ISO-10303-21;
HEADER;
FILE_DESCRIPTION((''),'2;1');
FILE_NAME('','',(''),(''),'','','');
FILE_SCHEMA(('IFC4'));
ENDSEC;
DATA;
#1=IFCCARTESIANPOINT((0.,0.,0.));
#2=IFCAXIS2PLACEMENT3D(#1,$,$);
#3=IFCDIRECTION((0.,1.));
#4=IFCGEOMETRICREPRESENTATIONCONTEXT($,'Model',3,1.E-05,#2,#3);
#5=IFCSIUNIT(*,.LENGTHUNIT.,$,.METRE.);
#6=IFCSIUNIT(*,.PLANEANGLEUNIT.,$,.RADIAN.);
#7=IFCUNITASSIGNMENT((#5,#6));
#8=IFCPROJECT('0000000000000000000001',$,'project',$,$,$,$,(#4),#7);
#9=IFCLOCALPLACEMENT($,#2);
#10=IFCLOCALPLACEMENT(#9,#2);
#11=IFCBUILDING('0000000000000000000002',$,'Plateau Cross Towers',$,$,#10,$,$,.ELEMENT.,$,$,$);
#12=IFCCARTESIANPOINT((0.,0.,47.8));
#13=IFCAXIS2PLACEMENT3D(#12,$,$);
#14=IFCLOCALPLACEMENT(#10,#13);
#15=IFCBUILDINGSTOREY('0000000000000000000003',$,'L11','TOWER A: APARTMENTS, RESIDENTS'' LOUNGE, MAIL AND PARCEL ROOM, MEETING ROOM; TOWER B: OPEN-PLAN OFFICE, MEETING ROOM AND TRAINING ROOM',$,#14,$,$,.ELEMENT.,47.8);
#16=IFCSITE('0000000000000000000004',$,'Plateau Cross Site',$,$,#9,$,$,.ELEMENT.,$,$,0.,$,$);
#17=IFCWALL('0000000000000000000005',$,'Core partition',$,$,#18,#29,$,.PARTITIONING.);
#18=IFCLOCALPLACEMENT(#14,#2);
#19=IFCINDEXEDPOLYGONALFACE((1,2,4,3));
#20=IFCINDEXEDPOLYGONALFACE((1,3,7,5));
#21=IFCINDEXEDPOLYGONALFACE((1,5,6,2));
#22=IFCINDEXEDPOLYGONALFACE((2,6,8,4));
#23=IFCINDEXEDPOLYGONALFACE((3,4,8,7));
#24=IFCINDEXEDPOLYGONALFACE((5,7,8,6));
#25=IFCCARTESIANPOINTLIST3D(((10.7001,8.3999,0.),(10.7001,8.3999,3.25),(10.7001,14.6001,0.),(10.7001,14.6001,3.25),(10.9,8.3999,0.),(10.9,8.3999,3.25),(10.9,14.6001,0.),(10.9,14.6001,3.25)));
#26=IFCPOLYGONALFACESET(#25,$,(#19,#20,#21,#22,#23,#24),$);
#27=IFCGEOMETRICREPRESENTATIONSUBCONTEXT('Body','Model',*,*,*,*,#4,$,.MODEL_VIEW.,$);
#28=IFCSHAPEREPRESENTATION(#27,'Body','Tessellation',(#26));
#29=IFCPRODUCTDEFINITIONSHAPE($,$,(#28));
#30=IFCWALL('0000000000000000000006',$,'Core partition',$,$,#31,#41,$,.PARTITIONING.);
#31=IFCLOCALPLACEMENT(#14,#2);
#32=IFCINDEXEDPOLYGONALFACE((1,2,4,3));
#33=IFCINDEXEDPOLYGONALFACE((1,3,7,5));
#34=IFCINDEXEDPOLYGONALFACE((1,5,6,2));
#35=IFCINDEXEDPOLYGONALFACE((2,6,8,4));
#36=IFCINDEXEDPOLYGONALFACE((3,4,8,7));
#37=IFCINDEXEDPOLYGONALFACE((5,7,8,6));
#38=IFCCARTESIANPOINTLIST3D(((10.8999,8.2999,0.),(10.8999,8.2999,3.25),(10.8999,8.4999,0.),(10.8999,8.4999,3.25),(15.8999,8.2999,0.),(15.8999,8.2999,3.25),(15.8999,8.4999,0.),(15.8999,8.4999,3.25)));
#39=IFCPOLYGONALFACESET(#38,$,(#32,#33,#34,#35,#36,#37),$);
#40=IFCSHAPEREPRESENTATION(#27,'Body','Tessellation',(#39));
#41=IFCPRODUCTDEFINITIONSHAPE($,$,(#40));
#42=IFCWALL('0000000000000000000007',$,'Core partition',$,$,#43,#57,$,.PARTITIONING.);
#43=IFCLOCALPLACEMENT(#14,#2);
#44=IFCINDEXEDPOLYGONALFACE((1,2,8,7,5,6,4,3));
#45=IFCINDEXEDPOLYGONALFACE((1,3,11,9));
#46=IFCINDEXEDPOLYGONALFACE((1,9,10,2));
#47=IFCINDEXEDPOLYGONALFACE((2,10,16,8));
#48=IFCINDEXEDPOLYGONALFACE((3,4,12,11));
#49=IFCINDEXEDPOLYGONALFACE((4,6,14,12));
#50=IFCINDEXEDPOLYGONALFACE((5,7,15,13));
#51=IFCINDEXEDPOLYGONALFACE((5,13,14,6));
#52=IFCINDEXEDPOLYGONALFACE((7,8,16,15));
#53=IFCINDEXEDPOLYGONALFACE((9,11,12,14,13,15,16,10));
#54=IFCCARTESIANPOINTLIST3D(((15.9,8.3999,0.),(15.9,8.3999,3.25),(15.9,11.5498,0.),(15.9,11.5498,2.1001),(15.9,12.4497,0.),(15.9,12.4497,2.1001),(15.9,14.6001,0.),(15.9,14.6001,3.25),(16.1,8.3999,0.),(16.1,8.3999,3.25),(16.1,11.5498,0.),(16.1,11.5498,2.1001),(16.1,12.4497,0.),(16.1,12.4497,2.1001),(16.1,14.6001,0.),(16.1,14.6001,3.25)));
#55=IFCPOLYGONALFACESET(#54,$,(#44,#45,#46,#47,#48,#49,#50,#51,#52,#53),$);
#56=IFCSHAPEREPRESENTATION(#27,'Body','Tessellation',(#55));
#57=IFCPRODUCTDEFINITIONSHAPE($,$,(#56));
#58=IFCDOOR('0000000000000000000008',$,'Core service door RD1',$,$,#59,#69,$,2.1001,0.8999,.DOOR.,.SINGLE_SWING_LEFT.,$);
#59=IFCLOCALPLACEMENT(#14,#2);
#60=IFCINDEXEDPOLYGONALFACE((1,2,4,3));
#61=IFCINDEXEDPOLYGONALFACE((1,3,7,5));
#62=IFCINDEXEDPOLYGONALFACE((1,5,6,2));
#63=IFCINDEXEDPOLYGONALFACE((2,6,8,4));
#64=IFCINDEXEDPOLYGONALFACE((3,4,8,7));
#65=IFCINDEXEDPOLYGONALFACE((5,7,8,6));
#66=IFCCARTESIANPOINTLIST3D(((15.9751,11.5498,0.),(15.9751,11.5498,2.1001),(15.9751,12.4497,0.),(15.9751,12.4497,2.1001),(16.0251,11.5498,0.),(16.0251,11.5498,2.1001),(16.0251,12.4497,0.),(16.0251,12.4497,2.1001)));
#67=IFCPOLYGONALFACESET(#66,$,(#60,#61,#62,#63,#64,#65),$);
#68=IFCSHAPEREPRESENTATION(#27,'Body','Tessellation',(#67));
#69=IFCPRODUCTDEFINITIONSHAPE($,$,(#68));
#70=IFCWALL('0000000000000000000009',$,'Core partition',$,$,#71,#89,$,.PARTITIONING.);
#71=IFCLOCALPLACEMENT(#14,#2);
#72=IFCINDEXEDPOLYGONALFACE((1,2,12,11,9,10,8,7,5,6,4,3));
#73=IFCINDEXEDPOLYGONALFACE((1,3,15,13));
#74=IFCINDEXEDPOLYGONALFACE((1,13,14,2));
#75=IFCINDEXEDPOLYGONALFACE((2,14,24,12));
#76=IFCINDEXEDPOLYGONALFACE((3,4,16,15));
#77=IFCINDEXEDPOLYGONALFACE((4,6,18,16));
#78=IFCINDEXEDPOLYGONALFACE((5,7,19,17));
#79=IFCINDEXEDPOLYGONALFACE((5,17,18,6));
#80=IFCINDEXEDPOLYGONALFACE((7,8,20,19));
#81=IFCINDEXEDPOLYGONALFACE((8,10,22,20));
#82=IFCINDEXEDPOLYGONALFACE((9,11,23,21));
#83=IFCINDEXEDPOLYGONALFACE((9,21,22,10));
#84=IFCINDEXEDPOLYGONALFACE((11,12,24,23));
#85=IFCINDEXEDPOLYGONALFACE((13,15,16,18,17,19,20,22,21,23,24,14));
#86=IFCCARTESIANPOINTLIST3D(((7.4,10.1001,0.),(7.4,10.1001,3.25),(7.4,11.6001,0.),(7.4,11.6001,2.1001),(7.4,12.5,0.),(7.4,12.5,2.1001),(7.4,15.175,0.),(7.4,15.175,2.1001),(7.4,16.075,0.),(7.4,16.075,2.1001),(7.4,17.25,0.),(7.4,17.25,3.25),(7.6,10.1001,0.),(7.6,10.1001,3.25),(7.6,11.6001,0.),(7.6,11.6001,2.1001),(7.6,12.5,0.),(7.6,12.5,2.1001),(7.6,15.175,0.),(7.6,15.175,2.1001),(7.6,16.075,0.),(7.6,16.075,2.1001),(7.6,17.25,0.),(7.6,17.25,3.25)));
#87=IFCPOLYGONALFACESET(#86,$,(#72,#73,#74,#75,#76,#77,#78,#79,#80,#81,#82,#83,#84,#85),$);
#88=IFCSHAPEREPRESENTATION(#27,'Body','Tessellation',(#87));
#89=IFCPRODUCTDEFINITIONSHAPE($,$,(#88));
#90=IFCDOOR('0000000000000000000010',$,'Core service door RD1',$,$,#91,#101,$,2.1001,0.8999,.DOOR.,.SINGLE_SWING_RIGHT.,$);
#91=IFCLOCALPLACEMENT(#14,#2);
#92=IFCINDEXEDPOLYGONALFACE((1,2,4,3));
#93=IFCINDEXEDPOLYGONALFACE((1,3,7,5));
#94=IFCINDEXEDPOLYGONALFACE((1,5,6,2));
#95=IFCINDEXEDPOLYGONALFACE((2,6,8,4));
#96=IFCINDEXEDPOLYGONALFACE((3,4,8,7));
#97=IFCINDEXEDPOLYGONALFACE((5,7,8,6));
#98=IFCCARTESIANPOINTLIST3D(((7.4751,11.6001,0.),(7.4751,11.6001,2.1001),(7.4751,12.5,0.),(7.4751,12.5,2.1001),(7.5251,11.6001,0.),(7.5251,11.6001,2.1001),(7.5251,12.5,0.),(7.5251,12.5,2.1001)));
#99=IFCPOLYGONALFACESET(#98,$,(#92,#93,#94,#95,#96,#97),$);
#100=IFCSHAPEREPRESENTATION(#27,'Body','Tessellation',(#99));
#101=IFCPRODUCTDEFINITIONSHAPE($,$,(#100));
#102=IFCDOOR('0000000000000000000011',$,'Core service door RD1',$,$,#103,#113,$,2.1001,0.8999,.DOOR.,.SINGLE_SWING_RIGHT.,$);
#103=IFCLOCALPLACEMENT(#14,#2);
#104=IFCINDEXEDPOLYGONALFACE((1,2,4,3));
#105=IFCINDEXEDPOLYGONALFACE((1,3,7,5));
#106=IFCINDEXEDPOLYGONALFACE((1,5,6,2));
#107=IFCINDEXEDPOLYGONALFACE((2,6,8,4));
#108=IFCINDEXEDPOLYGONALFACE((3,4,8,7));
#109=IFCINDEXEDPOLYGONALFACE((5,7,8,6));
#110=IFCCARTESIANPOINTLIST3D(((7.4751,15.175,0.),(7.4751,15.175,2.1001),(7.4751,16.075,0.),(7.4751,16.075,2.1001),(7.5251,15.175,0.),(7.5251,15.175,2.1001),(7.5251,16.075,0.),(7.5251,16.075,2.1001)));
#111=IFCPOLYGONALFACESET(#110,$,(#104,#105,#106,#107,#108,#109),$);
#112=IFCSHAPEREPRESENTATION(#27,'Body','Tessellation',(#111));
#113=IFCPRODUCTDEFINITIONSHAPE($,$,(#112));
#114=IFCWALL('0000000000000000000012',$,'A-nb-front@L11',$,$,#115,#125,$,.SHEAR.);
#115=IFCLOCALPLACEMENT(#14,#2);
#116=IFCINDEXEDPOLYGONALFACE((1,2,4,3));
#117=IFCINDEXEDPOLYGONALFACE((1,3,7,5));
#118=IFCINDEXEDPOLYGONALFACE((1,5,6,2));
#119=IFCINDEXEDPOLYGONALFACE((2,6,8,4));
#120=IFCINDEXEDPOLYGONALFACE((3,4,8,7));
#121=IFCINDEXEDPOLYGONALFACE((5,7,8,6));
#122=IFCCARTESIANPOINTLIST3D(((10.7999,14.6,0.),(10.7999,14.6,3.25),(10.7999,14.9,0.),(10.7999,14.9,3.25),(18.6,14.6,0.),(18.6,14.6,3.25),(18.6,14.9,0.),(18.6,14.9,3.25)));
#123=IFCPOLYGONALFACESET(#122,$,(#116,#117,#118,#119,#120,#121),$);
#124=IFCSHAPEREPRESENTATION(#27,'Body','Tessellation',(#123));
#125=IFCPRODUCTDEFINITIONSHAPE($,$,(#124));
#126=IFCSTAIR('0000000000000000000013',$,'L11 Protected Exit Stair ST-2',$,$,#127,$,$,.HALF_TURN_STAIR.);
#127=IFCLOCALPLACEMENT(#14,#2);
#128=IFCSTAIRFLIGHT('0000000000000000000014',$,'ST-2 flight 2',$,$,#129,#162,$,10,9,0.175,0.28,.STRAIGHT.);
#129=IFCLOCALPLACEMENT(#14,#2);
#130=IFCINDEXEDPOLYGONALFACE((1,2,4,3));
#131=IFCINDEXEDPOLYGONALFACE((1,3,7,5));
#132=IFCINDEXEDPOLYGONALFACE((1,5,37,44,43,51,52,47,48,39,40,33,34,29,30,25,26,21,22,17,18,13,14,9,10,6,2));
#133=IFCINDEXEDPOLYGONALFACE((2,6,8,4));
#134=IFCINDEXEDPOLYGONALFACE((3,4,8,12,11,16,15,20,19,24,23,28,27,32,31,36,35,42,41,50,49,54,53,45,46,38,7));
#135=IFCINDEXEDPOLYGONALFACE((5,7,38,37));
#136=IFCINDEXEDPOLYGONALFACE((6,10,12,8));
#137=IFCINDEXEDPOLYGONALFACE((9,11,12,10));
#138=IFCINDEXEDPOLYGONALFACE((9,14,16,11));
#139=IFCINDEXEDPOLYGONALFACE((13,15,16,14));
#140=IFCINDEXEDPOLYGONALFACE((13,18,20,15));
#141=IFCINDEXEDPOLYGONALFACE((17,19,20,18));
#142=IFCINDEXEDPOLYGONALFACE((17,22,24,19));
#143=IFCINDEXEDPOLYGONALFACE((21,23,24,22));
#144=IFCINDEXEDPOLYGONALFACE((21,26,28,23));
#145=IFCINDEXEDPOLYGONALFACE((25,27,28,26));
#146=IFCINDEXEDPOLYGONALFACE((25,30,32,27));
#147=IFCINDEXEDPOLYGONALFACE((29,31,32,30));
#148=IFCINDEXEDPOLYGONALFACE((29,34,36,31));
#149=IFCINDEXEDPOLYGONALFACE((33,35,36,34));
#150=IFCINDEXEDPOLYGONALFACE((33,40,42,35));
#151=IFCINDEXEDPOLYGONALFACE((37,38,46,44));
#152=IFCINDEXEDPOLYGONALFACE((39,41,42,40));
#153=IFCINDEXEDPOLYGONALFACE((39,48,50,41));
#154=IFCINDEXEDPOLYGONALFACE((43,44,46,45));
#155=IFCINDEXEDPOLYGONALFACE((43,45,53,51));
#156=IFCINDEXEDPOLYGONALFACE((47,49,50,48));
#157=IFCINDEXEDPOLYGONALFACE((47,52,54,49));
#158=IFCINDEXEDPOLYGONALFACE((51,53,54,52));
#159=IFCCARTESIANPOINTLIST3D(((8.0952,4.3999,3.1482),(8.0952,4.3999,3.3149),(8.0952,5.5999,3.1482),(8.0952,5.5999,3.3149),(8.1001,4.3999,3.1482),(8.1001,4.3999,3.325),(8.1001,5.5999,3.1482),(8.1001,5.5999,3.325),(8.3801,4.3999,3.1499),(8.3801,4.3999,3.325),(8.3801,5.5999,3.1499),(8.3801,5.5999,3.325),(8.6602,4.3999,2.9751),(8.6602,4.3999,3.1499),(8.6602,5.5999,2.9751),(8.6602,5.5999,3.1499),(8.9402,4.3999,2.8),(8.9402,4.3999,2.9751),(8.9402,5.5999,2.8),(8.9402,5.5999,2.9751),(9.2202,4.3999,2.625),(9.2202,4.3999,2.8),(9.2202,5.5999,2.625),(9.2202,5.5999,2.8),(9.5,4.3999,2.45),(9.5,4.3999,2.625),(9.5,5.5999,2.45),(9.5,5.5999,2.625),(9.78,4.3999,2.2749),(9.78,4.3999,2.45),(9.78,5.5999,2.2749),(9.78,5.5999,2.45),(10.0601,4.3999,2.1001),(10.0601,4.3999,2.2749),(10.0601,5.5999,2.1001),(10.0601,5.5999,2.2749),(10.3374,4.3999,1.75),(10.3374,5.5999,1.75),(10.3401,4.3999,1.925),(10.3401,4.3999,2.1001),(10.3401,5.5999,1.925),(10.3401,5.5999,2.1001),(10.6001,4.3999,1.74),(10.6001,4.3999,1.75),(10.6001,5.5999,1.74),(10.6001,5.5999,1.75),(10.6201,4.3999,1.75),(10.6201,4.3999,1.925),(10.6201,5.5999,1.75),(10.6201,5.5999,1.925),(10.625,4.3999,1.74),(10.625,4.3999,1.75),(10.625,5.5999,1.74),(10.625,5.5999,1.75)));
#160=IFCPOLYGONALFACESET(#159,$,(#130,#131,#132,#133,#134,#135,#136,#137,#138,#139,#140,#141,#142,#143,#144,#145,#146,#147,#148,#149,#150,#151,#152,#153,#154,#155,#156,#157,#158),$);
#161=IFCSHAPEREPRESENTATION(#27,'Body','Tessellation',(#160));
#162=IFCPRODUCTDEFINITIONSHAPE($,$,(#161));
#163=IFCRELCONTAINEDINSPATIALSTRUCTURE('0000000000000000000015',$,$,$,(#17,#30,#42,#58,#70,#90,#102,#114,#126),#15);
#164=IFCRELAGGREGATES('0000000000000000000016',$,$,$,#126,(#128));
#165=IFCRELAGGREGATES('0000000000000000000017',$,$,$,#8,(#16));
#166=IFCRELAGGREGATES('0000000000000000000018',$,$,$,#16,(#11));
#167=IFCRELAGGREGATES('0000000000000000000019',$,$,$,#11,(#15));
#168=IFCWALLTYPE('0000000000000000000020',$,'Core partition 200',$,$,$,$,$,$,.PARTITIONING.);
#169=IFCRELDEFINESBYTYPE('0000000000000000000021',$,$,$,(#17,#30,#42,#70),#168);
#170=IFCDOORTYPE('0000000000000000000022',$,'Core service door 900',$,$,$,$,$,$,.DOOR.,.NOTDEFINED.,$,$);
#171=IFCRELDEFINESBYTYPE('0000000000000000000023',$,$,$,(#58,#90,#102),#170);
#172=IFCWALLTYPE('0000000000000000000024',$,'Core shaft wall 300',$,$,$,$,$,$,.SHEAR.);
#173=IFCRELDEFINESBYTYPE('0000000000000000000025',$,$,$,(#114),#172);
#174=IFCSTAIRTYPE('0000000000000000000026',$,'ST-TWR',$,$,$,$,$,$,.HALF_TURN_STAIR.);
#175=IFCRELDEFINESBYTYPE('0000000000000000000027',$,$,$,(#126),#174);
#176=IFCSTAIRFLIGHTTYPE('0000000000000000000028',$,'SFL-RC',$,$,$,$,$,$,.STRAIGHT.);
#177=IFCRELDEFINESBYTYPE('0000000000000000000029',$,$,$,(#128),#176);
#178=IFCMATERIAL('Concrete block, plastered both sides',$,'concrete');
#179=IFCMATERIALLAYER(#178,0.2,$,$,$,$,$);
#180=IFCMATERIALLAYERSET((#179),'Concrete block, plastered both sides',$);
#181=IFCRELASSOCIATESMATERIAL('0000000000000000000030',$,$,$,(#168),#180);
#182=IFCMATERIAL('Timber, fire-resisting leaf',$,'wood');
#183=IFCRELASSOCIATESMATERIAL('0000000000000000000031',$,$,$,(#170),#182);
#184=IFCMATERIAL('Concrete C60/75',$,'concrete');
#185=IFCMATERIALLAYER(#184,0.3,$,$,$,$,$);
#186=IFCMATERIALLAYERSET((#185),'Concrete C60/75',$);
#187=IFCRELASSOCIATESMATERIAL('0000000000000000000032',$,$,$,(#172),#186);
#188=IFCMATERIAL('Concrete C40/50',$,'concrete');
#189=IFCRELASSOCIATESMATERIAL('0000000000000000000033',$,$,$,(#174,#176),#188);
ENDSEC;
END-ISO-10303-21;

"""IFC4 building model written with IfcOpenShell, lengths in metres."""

from ifc_helpers import new_model, si_unit, direction, frame, frame_2d, origin, place, context, subcontext, project, spatial, polyline, rectangle, outline, extrude, material, layer, layer_set, type_object, element, fill, aggregate, save


model = new_model("IFC4")

# Units and contexts
model_context = context("Model", 3, precision=1e-05, world=origin(), true_north=direction((0.0, 1.0)))
body_context = subcontext(model_context, "Body", "Model", "MODEL_VIEW")
ifc_project = project(units=[si_unit("LENGTHUNIT", "METRE"), si_unit("PLANEANGLEUNIT", "RADIAN")], contexts=[model_context])

# Site, building, storey
site_placement = place(None, origin())
site = spatial("IfcSite", under=ifc_project, at=site_placement, Name="Plateau Cross Site", CompositionType="ELEMENT", RefElevation=0.0)
building_placement = place(site_placement, origin())
building = spatial("IfcBuilding", under=site, at=building_placement, Name="Plateau Cross Towers", CompositionType="ELEMENT")
storey_placement = place(building_placement, frame((0.0, 0.0, 47.8)))
storey = spatial("IfcBuildingStorey", under=building, at=storey_placement, Name="L11", Description="TOWER A: APARTMENTS, RESIDENTS' LOUNGE, MAIL AND PARCEL ROOM, MEETING ROOM; TOWER B: OPEN-PLAN OFFICE, MEETING ROOM AND TRAINING ROOM", CompositionType="ELEMENT", Elevation=47.8)

# Walls
ifc_material_1 = material(Name="Concrete block, plastered both sides", Category="concrete")
ifc_layer_1 = layer(ifc_material_1, 0.2)
ifc_layer_set_1 = layer_set([ifc_layer_1], Name="Concrete block, plastered both sides")
wall_type_1 = type_object("IfcWallType", Name="Core partition 200", PredefinedType="PARTITIONING", material=ifc_layer_set_1)
wall_1_placement = place(storey_placement, frame((10.8, 8.3999, 0.0), z_axis=(0.0, 0.0, 1.0), x_axis=(0.0, 1.0, 0.0)))
element("IfcWall", 1, at=wall_1_placement, inside=storey, type_object=wall_type_1, Name="Core partition", PredefinedType="PARTITIONING", context=body_context, shape_type="SweptSolid", body=[
    extrude(rectangle(XDim=6.2002, YDim=0.2, at=frame_2d((3.1001, 0.0))), origin(), (0.0, 0.0, 1.0), 3.25),
])
wall_2_placement = place(storey_placement, frame((10.8999, 8.3999, 0.0), z_axis=(0.0, 0.0, 1.0), x_axis=(1.0, 0.0, 0.0)))
element("IfcWall", 2, at=wall_2_placement, inside=storey, type_object=wall_type_1, Name="Core partition", PredefinedType="PARTITIONING", context=body_context, shape_type="SweptSolid", body=[
    extrude(rectangle(XDim=5.0, YDim=0.2, at=frame_2d((2.5, 0.0))), origin(), (0.0, 0.0, 1.0), 3.25),
])

# Wall, opening, door
wall_3_placement = place(storey_placement, frame((16.0, 8.3999, 0.0), z_axis=(0.0, 0.0, 1.0), x_axis=(0.0, 1.0, 0.0)))
wall_3 = element("IfcWall", 3, at=wall_3_placement, inside=storey, type_object=wall_type_1, Name="Core partition", PredefinedType="PARTITIONING", context=body_context, shape_type="SweptSolid", body=[
    extrude(rectangle(XDim=6.2002, YDim=0.2, at=frame_2d((3.1001, 0.0))), origin(), (0.0, 0.0, 1.0), 3.25),
])
opening_1_placement = place(wall_3_placement, frame((3.1499, 0.0, 0.0)))
opening_1 = element("IfcOpeningElement", 4, at=opening_1_placement, cuts=wall_3, PredefinedType="OPENING", context=body_context, shape_type="SweptSolid", body=[
    extrude(rectangle(XDim=0.8999, YDim=2.1001, at=frame_2d((0.45, 1.05))), frame((0.0, 0.1099, 0.0), z_axis=(0.0, -1.0, 0.0), x_axis=(1.0, 0.0, 0.0)), (0.0, 0.0, 1.0), 0.22),
])
ifc_material_2 = material(Name="Timber, fire-resisting leaf", Category="wood")
door_type = type_object("IfcDoorType", Name="Core service door 900", OperationType="NOTDEFINED", PredefinedType="DOOR", material=ifc_material_2)
door_1_placement = place(opening_1_placement, origin())
door_1 = element("IfcDoor", 5, at=door_1_placement, inside=storey, type_object=door_type, Name="Core service door RD1", OperationType="SINGLE_SWING_LEFT", OverallHeight=2.1001, OverallWidth=0.8999, PredefinedType="DOOR", context=body_context, shape_type="SweptSolid", body=[
    extrude(rectangle(XDim=0.8999, YDim=2.1001, at=frame_2d((0.45, 1.05))), frame((0.0, 0.0249, 0.0), z_axis=(0.0, -1.0, 0.0), x_axis=(1.0, 0.0, 0.0)), (0.0, 0.0, 1.0), 0.05),
])
fill(opening_1, door_1)

# Wall, openings, doors
wall_4_placement = place(storey_placement, frame((7.5, 10.1001, 0.0), z_axis=(0.0, 0.0, 1.0), x_axis=(0.0, 1.0, 0.0)))
wall_4 = element("IfcWall", 6, at=wall_4_placement, inside=storey, type_object=wall_type_1, Name="Core partition", PredefinedType="PARTITIONING", context=body_context, shape_type="SweptSolid", body=[
    extrude(rectangle(XDim=7.1499, YDim=0.2, at=frame_2d((3.575, 0.0))), origin(), (0.0, 0.0, 1.0), 3.25),
])
opening_2_placement = place(wall_4_placement, frame((1.5, 0.0, 0.0)))
opening_2 = element("IfcOpeningElement", 7, at=opening_2_placement, cuts=wall_4, PredefinedType="OPENING", context=body_context, shape_type="SweptSolid", body=[
    extrude(rectangle(XDim=0.8999, YDim=2.1001, at=frame_2d((0.45, 1.05))), frame((0.0, 0.1099, 0.0), z_axis=(0.0, -1.0, 0.0), x_axis=(1.0, 0.0, 0.0)), (0.0, 0.0, 1.0), 0.22),
])
opening_3_placement = place(wall_4_placement, frame((5.075, 0.0, 0.0)))
opening_3 = element("IfcOpeningElement", 8, at=opening_3_placement, cuts=wall_4, PredefinedType="OPENING", context=body_context, shape_type="SweptSolid", body=[
    extrude(rectangle(XDim=0.8999, YDim=2.1001, at=frame_2d((0.45, 1.05))), frame((0.0, 0.1099, 0.0), z_axis=(0.0, -1.0, 0.0), x_axis=(1.0, 0.0, 0.0)), (0.0, 0.0, 1.0), 0.22),
])
door_2_placement = place(opening_2_placement, origin())
door_2 = element("IfcDoor", 9, at=door_2_placement, inside=storey, type_object=door_type, Name="Core service door RD1", OperationType="SINGLE_SWING_RIGHT", OverallHeight=2.1001, OverallWidth=0.8999, PredefinedType="DOOR", context=body_context, shape_type="SweptSolid", body=[
    extrude(rectangle(XDim=0.8999, YDim=2.1001, at=frame_2d((0.45, 1.05))), frame((0.0, 0.0249, 0.0), z_axis=(0.0, -1.0, 0.0), x_axis=(1.0, 0.0, 0.0)), (0.0, 0.0, 1.0), 0.05),
])
fill(opening_2, door_2)
door_3_placement = place(opening_3_placement, origin())
door_3 = element("IfcDoor", 10, at=door_3_placement, inside=storey, type_object=door_type, Name="Core service door RD1", OperationType="SINGLE_SWING_RIGHT", OverallHeight=2.1001, OverallWidth=0.8999, PredefinedType="DOOR", context=body_context, shape_type="SweptSolid", body=[
    extrude(rectangle(XDim=0.8999, YDim=2.1001, at=frame_2d((0.45, 1.05))), frame((0.0, 0.0249, 0.0), z_axis=(0.0, -1.0, 0.0), x_axis=(1.0, 0.0, 0.0)), (0.0, 0.0, 1.0), 0.05),
])
fill(opening_3, door_3)

# Wall
ifc_material_3 = material(Name="Concrete C60/75", Category="concrete")
ifc_layer_2 = layer(ifc_material_3, 0.3)
ifc_layer_set_2 = layer_set([ifc_layer_2], Name="Concrete C60/75")
wall_type_2 = type_object("IfcWallType", Name="Core shaft wall 300", PredefinedType="SHEAR", material=ifc_layer_set_2)
wall_5_placement = place(storey_placement, frame((10.8, 14.75, 0.0), z_axis=(0.0, 0.0, 1.0), x_axis=(1.0, 0.0, 0.0)))
element("IfcWall", 11, at=wall_5_placement, inside=storey, type_object=wall_type_2, Name="A-nb-front@L11", PredefinedType="SHEAR", context=body_context, shape_type="SweptSolid", body=[
    extrude(rectangle(XDim=7.8, YDim=0.3, at=frame_2d((3.8999, 0.0))), origin(), (0.0, 0.0, 1.0), 3.25),
])

# Stair, stair flight
ifc_material_4 = material(Name="Concrete C40/50", Category="concrete")
stair_type = type_object("IfcStairType", Name="ST-TWR", PredefinedType="HALF_TURN_STAIR", material=ifc_material_4)
stair_placement = place(storey_placement, origin())
stair = element("IfcStair", 12, at=stair_placement, inside=storey, type_object=stair_type, Name="L11 Protected Exit Stair ST-2", PredefinedType="HALF_TURN_STAIR")
stair_flight_type = type_object("IfcStairFlightType", Name="SFL-RC", PredefinedType="STRAIGHT", material=ifc_material_4)
stair_flight_placement = place(storey_placement, frame((10.6201, 5.0, 1.75), z_axis=(0.0, 0.0, 1.0), x_axis=(-1.0, 0.0, 0.0)))
stair_flight = element("IfcStairFlight", 13, at=stair_flight_placement, type_object=stair_flight_type, Name="ST-2 flight 2", NumberOfRisers=10, NumberOfTreads=9, PredefinedType="STRAIGHT", RiserHeight=0.175, TreadLength=0.28, context=body_context, shape_type="SweptSolid", body=[
    extrude(outline(polyline([(-0.0049, -0.01), (-0.0049, 0.0), (0.0, 0.0), (0.0, 0.175), (0.28, 0.175), (0.28, 0.3501), (0.5601, 0.3501), (0.5601, 0.5249), (0.8401, 0.5249), (0.8401, 0.7), (1.1201, 0.7), (1.1201, 0.875), (1.3999, 0.875), (1.3999, 1.05), (1.6799, 1.05), (1.6799, 1.2251), (1.96, 1.2251), (1.96, 1.3999), (2.24, 1.3999), (2.24, 1.575), (2.52, 1.575), (2.5249, 1.5649), (2.5249, 1.3982), (2.52, 1.3982), (0.2827, 0.0), (0.02, 0.0), (0.02, -0.01), (-0.0049, -0.01)])), frame((0.0, 0.6001, 0.0), z_axis=(0.0, -1.0, 0.0), x_axis=(1.0, 0.0, 0.0)), (0.0, 0.0, 1.0), 1.2),
])
aggregate(stair, [stair_flight])

save(model, "model.ifc")
